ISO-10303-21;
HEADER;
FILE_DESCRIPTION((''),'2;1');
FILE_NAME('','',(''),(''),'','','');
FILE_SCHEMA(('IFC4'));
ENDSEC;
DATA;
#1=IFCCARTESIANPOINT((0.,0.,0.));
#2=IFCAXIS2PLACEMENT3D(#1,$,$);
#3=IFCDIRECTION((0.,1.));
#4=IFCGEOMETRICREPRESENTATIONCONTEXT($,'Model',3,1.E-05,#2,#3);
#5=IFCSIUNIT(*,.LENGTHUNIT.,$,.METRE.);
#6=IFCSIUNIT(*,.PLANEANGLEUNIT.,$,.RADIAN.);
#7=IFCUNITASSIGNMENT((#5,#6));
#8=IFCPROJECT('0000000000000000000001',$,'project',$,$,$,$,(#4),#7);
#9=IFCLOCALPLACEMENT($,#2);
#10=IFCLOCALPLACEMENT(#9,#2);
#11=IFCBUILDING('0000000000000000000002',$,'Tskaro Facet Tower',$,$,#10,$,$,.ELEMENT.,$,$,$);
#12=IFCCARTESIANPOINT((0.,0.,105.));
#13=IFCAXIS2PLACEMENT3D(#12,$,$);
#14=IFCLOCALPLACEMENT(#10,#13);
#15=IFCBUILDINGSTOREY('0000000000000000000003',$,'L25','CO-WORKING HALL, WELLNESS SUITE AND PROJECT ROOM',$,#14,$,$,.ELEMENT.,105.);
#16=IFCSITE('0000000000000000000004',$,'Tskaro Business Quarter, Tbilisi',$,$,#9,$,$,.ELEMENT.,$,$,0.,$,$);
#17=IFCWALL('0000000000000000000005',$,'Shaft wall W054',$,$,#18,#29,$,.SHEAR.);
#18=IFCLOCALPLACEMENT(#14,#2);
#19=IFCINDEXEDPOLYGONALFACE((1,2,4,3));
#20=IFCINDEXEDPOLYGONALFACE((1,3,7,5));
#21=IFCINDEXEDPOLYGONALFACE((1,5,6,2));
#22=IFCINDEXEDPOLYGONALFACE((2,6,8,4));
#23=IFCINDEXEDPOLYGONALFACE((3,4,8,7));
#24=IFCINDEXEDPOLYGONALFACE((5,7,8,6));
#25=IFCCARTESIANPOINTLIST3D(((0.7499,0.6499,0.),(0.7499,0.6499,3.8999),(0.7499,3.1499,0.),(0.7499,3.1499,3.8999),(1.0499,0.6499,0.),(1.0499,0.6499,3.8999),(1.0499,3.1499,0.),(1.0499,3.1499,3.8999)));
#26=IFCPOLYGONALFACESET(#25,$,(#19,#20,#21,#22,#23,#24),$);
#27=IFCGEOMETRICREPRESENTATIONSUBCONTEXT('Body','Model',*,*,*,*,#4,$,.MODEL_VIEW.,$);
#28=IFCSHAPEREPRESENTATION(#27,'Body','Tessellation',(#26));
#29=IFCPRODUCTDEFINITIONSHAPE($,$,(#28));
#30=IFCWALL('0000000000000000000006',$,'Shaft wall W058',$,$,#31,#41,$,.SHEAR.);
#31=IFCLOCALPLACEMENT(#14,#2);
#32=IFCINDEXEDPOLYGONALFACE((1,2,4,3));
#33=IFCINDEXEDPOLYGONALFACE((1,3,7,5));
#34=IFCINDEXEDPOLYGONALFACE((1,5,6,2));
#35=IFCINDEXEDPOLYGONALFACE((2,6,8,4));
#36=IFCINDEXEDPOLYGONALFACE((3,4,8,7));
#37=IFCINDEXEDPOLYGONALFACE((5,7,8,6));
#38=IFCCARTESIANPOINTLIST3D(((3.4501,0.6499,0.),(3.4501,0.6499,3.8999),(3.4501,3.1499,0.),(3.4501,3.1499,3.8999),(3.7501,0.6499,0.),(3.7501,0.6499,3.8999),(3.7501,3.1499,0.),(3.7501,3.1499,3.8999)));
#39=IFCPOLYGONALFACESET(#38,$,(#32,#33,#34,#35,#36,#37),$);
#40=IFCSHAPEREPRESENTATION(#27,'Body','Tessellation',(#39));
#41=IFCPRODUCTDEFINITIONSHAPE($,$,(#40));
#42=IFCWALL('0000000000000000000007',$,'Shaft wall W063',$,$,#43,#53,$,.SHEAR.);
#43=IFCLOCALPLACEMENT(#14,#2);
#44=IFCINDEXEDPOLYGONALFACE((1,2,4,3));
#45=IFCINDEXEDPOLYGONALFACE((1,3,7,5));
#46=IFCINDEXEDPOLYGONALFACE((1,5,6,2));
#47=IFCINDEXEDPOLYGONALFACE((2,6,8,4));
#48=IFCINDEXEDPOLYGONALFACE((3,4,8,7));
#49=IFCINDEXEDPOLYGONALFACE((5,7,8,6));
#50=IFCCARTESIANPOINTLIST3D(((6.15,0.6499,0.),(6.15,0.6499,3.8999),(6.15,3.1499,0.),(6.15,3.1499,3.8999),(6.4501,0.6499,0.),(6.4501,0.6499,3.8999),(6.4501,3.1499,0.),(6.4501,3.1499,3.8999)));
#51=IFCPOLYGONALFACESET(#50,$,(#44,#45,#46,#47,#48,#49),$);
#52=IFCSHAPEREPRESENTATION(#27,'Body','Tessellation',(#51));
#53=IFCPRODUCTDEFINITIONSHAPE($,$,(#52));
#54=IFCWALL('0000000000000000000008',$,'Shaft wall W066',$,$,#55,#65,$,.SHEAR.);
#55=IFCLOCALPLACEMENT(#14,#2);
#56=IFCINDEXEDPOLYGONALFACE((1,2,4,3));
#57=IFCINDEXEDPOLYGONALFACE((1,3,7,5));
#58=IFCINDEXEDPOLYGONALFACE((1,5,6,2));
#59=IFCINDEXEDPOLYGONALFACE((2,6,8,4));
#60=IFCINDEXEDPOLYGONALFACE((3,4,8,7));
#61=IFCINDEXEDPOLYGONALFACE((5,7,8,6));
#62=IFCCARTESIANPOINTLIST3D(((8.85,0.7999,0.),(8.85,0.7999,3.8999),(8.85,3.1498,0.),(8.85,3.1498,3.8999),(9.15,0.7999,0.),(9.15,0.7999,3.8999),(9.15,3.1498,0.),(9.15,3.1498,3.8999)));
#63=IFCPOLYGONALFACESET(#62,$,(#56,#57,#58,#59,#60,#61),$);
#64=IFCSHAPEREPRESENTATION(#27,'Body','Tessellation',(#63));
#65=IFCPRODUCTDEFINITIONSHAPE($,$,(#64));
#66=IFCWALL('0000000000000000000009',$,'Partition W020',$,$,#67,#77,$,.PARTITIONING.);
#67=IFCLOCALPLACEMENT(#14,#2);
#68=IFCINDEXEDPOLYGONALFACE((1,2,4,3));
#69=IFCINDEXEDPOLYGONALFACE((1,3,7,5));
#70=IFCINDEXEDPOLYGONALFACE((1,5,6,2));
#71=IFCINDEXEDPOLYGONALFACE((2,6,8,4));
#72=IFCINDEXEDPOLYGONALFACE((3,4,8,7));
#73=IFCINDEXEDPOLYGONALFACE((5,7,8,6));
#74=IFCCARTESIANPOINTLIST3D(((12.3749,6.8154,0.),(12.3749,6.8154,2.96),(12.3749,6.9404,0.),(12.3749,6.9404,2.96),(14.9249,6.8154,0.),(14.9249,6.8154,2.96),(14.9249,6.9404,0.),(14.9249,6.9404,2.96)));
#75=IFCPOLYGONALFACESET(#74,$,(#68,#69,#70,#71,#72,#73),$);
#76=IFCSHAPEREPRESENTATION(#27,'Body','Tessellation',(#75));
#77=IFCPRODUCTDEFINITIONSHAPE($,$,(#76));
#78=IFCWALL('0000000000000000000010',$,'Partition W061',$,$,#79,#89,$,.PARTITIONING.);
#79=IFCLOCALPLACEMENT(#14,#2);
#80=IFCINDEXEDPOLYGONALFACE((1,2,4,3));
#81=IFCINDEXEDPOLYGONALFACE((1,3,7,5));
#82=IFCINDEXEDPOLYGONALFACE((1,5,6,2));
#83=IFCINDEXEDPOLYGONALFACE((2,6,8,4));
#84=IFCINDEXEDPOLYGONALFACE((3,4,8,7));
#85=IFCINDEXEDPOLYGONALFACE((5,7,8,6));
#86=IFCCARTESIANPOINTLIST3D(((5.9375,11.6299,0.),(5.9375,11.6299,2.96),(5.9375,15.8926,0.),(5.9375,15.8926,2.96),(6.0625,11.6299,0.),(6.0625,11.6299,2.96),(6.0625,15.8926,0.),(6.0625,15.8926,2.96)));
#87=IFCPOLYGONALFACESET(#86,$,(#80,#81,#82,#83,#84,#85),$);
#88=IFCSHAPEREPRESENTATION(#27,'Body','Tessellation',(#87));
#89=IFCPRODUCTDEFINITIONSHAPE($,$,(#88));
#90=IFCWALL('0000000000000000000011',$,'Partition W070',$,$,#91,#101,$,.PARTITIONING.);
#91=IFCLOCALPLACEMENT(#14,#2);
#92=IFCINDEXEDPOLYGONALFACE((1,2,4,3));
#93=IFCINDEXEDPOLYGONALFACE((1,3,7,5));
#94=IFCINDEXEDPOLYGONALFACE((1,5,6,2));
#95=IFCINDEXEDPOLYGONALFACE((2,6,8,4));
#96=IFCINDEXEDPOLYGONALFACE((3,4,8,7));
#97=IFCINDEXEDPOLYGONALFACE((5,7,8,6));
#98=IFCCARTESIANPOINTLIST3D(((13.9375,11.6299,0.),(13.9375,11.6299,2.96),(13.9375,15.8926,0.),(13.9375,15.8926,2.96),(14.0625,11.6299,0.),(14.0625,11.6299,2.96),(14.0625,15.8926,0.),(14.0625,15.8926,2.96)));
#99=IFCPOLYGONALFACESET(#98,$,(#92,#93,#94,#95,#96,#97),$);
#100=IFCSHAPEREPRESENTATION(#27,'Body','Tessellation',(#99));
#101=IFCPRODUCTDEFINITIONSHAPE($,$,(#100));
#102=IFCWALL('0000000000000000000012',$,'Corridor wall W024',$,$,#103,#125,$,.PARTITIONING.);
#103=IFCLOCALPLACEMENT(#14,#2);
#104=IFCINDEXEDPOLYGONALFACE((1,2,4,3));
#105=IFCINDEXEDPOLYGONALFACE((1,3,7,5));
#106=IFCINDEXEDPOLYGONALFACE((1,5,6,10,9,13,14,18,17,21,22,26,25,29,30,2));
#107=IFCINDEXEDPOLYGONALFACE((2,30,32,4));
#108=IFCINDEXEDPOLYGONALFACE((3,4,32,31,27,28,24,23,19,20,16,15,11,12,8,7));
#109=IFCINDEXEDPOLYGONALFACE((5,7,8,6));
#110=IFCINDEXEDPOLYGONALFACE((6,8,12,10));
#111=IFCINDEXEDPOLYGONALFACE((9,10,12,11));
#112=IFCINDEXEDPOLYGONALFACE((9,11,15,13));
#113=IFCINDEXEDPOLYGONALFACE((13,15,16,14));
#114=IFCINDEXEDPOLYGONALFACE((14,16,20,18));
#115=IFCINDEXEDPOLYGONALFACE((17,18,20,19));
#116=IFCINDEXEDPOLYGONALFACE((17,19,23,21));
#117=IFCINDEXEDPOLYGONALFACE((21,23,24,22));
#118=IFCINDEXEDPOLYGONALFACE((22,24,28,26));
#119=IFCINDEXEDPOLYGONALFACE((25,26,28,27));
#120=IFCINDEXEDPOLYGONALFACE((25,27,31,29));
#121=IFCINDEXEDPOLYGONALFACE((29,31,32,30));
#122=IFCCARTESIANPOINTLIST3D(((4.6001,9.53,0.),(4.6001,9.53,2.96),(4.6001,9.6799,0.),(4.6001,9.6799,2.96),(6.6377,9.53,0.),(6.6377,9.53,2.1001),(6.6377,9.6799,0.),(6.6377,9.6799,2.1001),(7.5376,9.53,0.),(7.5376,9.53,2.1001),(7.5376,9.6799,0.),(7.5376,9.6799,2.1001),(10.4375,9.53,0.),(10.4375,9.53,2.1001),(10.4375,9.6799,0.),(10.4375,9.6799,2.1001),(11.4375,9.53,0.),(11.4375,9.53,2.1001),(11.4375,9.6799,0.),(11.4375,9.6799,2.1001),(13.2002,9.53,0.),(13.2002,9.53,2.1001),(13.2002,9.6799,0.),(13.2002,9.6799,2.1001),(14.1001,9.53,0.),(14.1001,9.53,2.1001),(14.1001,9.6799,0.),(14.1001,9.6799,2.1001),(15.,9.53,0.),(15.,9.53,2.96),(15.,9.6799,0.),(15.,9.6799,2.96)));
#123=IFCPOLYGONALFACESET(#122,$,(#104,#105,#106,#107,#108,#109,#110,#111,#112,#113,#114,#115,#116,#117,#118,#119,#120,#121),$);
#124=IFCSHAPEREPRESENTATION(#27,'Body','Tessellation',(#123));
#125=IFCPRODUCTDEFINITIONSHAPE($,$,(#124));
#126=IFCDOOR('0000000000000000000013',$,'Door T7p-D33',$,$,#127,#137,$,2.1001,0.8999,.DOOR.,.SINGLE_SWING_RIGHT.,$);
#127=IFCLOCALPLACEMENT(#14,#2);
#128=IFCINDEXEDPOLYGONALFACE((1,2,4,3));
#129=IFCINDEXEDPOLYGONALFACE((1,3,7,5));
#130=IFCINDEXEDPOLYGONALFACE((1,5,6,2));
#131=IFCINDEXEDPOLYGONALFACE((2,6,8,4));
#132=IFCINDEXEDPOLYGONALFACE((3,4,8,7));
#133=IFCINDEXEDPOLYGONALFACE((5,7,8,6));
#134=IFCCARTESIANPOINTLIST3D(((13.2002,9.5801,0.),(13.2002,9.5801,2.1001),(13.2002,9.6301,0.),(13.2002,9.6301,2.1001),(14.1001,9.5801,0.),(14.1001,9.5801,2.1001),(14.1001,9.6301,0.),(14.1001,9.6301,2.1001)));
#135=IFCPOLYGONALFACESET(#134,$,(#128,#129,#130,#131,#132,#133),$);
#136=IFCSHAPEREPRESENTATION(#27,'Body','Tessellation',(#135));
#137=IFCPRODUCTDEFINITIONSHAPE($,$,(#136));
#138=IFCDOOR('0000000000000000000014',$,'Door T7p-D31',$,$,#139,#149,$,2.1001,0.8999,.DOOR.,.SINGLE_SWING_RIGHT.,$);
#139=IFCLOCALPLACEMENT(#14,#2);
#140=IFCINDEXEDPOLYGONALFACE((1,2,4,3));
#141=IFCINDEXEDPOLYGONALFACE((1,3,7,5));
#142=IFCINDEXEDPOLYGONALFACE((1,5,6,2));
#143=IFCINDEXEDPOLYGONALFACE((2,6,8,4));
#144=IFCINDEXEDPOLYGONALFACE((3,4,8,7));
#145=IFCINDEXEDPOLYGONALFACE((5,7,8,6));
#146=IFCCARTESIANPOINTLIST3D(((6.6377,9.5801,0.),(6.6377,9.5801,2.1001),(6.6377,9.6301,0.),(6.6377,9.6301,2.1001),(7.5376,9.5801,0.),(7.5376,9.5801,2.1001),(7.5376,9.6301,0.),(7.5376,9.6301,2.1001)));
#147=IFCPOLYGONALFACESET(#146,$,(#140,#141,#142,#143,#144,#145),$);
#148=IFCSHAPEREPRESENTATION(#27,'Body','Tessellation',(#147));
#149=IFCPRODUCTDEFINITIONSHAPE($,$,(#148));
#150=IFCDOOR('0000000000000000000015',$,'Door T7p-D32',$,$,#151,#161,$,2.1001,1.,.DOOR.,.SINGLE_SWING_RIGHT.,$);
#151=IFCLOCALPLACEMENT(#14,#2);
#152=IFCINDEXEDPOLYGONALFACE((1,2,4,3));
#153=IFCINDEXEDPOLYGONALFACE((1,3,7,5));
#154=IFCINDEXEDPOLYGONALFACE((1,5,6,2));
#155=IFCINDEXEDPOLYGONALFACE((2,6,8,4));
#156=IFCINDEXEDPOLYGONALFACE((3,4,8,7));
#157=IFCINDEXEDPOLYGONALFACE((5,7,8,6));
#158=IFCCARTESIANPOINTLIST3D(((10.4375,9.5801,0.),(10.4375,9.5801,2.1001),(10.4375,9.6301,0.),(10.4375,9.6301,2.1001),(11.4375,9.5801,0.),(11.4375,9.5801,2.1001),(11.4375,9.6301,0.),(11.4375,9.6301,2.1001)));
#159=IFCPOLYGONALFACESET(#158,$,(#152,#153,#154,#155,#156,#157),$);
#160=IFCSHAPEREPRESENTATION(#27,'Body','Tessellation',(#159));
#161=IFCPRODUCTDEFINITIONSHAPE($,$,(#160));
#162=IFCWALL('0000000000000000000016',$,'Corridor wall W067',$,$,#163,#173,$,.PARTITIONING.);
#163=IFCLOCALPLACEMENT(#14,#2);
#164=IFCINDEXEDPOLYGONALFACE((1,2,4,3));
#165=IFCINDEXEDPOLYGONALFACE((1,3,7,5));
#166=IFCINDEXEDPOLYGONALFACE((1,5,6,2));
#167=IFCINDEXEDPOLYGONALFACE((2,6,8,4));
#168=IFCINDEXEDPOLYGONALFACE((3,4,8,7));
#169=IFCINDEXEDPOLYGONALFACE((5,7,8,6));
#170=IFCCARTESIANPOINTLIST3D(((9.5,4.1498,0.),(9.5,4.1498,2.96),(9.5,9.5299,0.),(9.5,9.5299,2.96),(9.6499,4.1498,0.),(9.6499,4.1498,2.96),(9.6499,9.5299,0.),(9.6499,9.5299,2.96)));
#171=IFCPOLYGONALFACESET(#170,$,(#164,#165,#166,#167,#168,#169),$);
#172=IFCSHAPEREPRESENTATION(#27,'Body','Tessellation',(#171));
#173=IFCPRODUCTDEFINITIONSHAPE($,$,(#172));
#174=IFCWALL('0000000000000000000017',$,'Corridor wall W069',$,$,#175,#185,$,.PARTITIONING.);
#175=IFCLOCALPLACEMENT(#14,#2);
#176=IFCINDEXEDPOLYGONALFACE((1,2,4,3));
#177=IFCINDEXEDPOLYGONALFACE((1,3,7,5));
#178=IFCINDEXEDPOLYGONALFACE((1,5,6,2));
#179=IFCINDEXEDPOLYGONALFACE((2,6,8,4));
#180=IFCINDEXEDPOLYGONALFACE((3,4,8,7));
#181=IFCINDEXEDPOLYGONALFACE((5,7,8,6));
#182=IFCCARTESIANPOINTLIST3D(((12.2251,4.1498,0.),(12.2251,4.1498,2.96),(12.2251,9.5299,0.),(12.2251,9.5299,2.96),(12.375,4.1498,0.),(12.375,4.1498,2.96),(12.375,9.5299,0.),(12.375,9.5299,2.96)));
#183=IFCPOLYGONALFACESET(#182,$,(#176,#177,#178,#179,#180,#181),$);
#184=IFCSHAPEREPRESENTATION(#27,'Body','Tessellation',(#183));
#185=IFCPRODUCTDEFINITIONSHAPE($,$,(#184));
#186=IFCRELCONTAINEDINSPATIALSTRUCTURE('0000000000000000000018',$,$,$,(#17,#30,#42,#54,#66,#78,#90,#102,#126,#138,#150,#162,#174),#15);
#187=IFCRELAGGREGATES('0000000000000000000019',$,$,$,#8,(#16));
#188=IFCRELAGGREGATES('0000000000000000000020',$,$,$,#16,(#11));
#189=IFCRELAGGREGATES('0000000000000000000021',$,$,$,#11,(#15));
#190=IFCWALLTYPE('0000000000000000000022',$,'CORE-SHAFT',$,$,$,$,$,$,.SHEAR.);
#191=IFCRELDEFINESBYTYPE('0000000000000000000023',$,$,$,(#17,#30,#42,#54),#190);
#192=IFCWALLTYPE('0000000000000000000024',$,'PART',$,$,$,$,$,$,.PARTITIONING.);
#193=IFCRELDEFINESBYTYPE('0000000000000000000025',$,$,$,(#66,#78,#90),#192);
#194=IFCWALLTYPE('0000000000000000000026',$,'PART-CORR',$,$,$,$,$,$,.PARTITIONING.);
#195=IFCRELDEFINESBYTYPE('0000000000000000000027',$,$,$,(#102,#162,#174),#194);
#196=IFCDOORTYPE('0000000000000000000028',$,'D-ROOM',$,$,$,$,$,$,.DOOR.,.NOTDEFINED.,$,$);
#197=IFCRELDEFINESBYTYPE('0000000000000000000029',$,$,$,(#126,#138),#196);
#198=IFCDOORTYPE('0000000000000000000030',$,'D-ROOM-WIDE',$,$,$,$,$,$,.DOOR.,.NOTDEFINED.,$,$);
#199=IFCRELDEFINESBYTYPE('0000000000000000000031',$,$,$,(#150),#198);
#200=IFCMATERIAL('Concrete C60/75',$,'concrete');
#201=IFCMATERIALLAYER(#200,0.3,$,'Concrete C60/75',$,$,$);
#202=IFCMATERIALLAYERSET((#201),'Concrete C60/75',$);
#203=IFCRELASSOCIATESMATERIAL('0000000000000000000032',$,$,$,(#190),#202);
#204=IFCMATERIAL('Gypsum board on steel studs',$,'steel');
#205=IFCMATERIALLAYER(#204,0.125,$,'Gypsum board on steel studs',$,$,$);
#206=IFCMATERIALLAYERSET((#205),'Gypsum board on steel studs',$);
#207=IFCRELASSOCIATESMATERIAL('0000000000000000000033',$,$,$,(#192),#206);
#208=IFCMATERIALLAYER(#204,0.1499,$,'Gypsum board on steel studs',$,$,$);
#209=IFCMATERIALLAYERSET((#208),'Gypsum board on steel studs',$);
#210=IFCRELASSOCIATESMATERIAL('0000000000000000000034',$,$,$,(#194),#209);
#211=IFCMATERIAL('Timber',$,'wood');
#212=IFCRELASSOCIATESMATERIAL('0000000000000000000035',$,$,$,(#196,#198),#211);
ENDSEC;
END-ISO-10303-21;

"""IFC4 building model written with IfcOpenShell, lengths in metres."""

from ifc_helpers import new_model, si_unit, direction, frame, frame_2d, origin, place, context, subcontext, project, spatial, rectangle, extrude, material, layer, layer_set, type_object, element, fill, save


model = new_model("IFC4")

# Units and contexts
model_context = context("Model", 3, precision=1e-05, world=origin(), true_north=direction((0.0, 1.0)))
body_context = subcontext(model_context, "Body", "Model", "MODEL_VIEW")
ifc_project = project(units=[si_unit("LENGTHUNIT", "METRE"), si_unit("PLANEANGLEUNIT", "RADIAN")], contexts=[model_context])

# Site, building, storey
site_placement = place(None, origin())
site = spatial("IfcSite", under=ifc_project, at=site_placement, Name="Tskaro Business Quarter, Tbilisi", CompositionType="ELEMENT", RefElevation=0.0)
building_placement = place(site_placement, origin())
building = spatial("IfcBuilding", under=site, at=building_placement, Name="Tskaro Facet Tower", CompositionType="ELEMENT")
storey_placement = place(building_placement, frame((0.0, 0.0, 105.0)))
storey = spatial("IfcBuildingStorey", under=building, at=storey_placement, Name="L25", Description="CO-WORKING HALL, WELLNESS SUITE AND PROJECT ROOM", CompositionType="ELEMENT", Elevation=105.0)

# Walls
ifc_material_1 = material(Name="Concrete C60/75", Category="concrete")
ifc_layer_1 = layer(ifc_material_1, 0.3, Name="Concrete C60/75")
ifc_layer_set_1 = layer_set([ifc_layer_1], Name="Concrete C60/75")
wall_type_1 = type_object("IfcWallType", Name="CORE-SHAFT", PredefinedType="SHEAR", material=ifc_layer_set_1)
for number, where, z_axis, x_axis, name in (
    (1, (0.8999, 0.6499, 0.0), (0.0, 0.0, 1.0), (0.0, 1.0, 0.0), "Shaft wall W054"),
    (2, (3.6001, 0.6499, 0.0), (0.0, 0.0, 1.0), (0.0, 1.0, 0.0), "Shaft wall W058"),
    (3, (6.3, 0.6499, 0.0), (0.0, 0.0, 1.0), (0.0, 1.0, 0.0), "Shaft wall W063"),
):
    element("IfcWall", number, at=place(storey_placement, frame(where, z_axis=z_axis, x_axis=x_axis)), inside=storey, type_object=wall_type_1, Name=name, PredefinedType="SHEAR", context=body_context, shape_type="SweptSolid", body=[
        extrude(rectangle(XDim=2.5, YDim=0.3, at=frame_2d((1.25, 0.0))), origin(), (0.0, 0.0, 1.0), 3.8999),
    ])
wall_1_placement = place(storey_placement, frame((9.0, 0.8, 0.0), z_axis=(0.0, 0.0, 1.0), x_axis=(0.0, 1.0, 0.0)))
element("IfcWall", 4, at=wall_1_placement, inside=storey, type_object=wall_type_1, Name="Shaft wall W066", PredefinedType="SHEAR", context=body_context, shape_type="SweptSolid", body=[
    extrude(rectangle(XDim=2.3499, YDim=0.3, at=frame_2d((1.1748, 0.0))), origin(), (0.0, 0.0, 1.0), 3.8999),
])
ifc_material_2 = material(Name="Gypsum board on steel studs", Category="steel")
ifc_layer_2 = layer(ifc_material_2, 0.125, Name="Gypsum board on steel studs")
ifc_layer_set_2 = layer_set([ifc_layer_2], Name="Gypsum board on steel studs")
wall_type_2 = type_object("IfcWallType", Name="PART", PredefinedType="PARTITIONING", material=ifc_layer_set_2)
wall_2_placement = place(storey_placement, frame((12.375, 6.8779, 0.0), z_axis=(0.0, 0.0, 1.0), x_axis=(1.0, 0.0, 0.0)))
element("IfcWall", 5, at=wall_2_placement, inside=storey, type_object=wall_type_2, Name="Partition W020", PredefinedType="PARTITIONING", context=body_context, shape_type="SweptSolid", body=[
    extrude(rectangle(XDim=2.55, YDim=0.125, at=frame_2d((1.2749, 0.0))), origin(), (0.0, 0.0, 1.0), 2.96),
])
for number, where, z_axis, x_axis, name in (
    (6, (6.0, 11.6299, 0.0), (0.0, 0.0, 1.0), (0.0, 1.0, 0.0), "Partition W061"),
    (7, (14.0, 11.6299, 0.0), (0.0, 0.0, 1.0), (0.0, 1.0, 0.0), "Partition W070"),
):
    element("IfcWall", number, at=place(storey_placement, frame(where, z_axis=z_axis, x_axis=x_axis)), inside=storey, type_object=wall_type_2, Name=name, PredefinedType="PARTITIONING", context=body_context, shape_type="SweptSolid", body=[
        extrude(rectangle(XDim=4.2627, YDim=0.125, at=frame_2d((2.1313, 0.0))), origin(), (0.0, 0.0, 1.0), 2.96),
    ])

# Wall, openings, doors
ifc_layer_3 = layer(ifc_material_2, 0.1499, Name="Gypsum board on steel studs")
ifc_layer_set_3 = layer_set([ifc_layer_3], Name="Gypsum board on steel studs")
wall_type_3 = type_object("IfcWallType", Name="PART-CORR", PredefinedType="PARTITIONING", material=ifc_layer_set_3)
wall_3_placement = place(storey_placement, frame((15.0, 9.605, 0.0), z_axis=(0.0, 0.0, 1.0), x_axis=(-1.0, 0.0, 0.0)))
wall_3 = element("IfcWall", 8, at=wall_3_placement, inside=storey, type_object=wall_type_3, Name="Corridor wall W024", PredefinedType="PARTITIONING", context=body_context, shape_type="SweptSolid", body=[
    extrude(rectangle(XDim=10.3999, YDim=0.1499, at=frame_2d((5.2, 0.0))), origin(), (0.0, 0.0, 1.0), 2.96),
])
opening_1_placement = place(wall_3_placement, frame((0.8999, 0.0, 0.0)))
opening_1 = element("IfcOpeningElement", 9, at=opening_1_placement, cuts=wall_3, PredefinedType="OPENING", context=body_context, shape_type="SweptSolid", body=[
    extrude(rectangle(XDim=0.8999, YDim=2.1001, at=frame_2d((0.45, 1.05))), frame((0.0, 0.085, 0.0), z_axis=(0.0, -1.0, 0.0), x_axis=(1.0, 0.0, 0.0)), (0.0, 0.0, 1.0), 0.1699),
])
opening_2_placement = place(wall_3_placement, frame((7.4624, 0.0, 0.0)))
opening_2 = element("IfcOpeningElement", 10, at=opening_2_placement, cuts=wall_3, PredefinedType="OPENING", context=body_context, shape_type="SweptSolid", body=[
    extrude(rectangle(XDim=0.8999, YDim=2.1001, at=frame_2d((0.45, 1.05))), frame((0.0, 0.085, 0.0), z_axis=(0.0, -1.0, 0.0), x_axis=(1.0, 0.0, 0.0)), (0.0, 0.0, 1.0), 0.1699),
])
opening_3_placement = place(wall_3_placement, frame((3.5625, 0.0, 0.0)))
opening_3 = element("IfcOpeningElement", 11, at=opening_3_placement, cuts=wall_3, PredefinedType="OPENING", context=body_context, shape_type="SweptSolid", body=[
    extrude(rectangle(XDim=1.0, YDim=2.1001, at=frame_2d((0.5, 1.05))), frame((0.0, 0.085, 0.0), z_axis=(0.0, -1.0, 0.0), x_axis=(1.0, 0.0, 0.0)), (0.0, 0.0, 1.0), 0.1699),
])
ifc_material_3 = material(Name="Timber", Category="wood")
door_type_1 = type_object("IfcDoorType", Name="D-ROOM", OperationType="NOTDEFINED", PredefinedType="DOOR", material=ifc_material_3)
door_1_placement = place(opening_1_placement, origin())
door_1 = element("IfcDoor", 12, at=door_1_placement, inside=storey, type_object=door_type_1, Name="Door T7p-D33", OperationType="SINGLE_SWING_RIGHT", OverallHeight=2.1001, OverallWidth=0.8999, PredefinedType="DOOR", context=body_context, shape_type="SweptSolid", body=[
    extrude(rectangle(XDim=0.8999, YDim=2.1001, at=frame_2d((0.45, 1.05))), frame((0.0, 0.0249, 0.0), z_axis=(0.0, -1.0, 0.0), x_axis=(1.0, 0.0, 0.0)), (0.0, 0.0, 1.0), 0.05),
])
fill(opening_1, door_1)
door_2_placement = place(opening_2_placement, origin())
door_2 = element("IfcDoor", 13, at=door_2_placement, inside=storey, type_object=door_type_1, Name="Door T7p-D31", OperationType="SINGLE_SWING_RIGHT", OverallHeight=2.1001, OverallWidth=0.8999, PredefinedType="DOOR", context=body_context, shape_type="SweptSolid", body=[
    extrude(rectangle(XDim=0.8999, YDim=2.1001, at=frame_2d((0.45, 1.05))), frame((0.0, 0.0249, 0.0), z_axis=(0.0, -1.0, 0.0), x_axis=(1.0, 0.0, 0.0)), (0.0, 0.0, 1.0), 0.05),
])
fill(opening_2, door_2)
door_type_2 = type_object("IfcDoorType", Name="D-ROOM-WIDE", OperationType="NOTDEFINED", PredefinedType="DOOR", material=ifc_material_3)
door_3_placement = place(opening_3_placement, origin())
door_3 = element("IfcDoor", 14, at=door_3_placement, inside=storey, type_object=door_type_2, Name="Door T7p-D32", OperationType="SINGLE_SWING_RIGHT", OverallHeight=2.1001, OverallWidth=1.0, PredefinedType="DOOR", context=body_context, shape_type="SweptSolid", body=[
    extrude(rectangle(XDim=1.0, YDim=2.1001, at=frame_2d((0.5, 1.05))), frame((0.0, 0.0249, 0.0), z_axis=(0.0, -1.0, 0.0), x_axis=(1.0, 0.0, 0.0)), (0.0, 0.0, 1.0), 0.05),
])
fill(opening_3, door_3)

# Walls
for number, where, z_axis, x_axis, name in (
    (15, (9.575, 4.1499, 0.0), (0.0, 0.0, 1.0), (0.0, 1.0, 0.0), "Corridor wall W067"),
    (16, (12.3, 4.1499, 0.0), (0.0, 0.0, 1.0), (0.0, 1.0, 0.0), "Corridor wall W069"),
):
    element("IfcWall", number, at=place(storey_placement, frame(where, z_axis=z_axis, x_axis=x_axis)), inside=storey, type_object=wall_type_3, Name=name, PredefinedType="PARTITIONING", context=body_context, shape_type="SweptSolid", body=[
        extrude(rectangle(XDim=5.3801, YDim=0.1499, at=frame_2d((2.6899, 0.0))), origin(), (0.0, 0.0, 1.0), 2.96),
    ])

save(model, "model.ifc")
